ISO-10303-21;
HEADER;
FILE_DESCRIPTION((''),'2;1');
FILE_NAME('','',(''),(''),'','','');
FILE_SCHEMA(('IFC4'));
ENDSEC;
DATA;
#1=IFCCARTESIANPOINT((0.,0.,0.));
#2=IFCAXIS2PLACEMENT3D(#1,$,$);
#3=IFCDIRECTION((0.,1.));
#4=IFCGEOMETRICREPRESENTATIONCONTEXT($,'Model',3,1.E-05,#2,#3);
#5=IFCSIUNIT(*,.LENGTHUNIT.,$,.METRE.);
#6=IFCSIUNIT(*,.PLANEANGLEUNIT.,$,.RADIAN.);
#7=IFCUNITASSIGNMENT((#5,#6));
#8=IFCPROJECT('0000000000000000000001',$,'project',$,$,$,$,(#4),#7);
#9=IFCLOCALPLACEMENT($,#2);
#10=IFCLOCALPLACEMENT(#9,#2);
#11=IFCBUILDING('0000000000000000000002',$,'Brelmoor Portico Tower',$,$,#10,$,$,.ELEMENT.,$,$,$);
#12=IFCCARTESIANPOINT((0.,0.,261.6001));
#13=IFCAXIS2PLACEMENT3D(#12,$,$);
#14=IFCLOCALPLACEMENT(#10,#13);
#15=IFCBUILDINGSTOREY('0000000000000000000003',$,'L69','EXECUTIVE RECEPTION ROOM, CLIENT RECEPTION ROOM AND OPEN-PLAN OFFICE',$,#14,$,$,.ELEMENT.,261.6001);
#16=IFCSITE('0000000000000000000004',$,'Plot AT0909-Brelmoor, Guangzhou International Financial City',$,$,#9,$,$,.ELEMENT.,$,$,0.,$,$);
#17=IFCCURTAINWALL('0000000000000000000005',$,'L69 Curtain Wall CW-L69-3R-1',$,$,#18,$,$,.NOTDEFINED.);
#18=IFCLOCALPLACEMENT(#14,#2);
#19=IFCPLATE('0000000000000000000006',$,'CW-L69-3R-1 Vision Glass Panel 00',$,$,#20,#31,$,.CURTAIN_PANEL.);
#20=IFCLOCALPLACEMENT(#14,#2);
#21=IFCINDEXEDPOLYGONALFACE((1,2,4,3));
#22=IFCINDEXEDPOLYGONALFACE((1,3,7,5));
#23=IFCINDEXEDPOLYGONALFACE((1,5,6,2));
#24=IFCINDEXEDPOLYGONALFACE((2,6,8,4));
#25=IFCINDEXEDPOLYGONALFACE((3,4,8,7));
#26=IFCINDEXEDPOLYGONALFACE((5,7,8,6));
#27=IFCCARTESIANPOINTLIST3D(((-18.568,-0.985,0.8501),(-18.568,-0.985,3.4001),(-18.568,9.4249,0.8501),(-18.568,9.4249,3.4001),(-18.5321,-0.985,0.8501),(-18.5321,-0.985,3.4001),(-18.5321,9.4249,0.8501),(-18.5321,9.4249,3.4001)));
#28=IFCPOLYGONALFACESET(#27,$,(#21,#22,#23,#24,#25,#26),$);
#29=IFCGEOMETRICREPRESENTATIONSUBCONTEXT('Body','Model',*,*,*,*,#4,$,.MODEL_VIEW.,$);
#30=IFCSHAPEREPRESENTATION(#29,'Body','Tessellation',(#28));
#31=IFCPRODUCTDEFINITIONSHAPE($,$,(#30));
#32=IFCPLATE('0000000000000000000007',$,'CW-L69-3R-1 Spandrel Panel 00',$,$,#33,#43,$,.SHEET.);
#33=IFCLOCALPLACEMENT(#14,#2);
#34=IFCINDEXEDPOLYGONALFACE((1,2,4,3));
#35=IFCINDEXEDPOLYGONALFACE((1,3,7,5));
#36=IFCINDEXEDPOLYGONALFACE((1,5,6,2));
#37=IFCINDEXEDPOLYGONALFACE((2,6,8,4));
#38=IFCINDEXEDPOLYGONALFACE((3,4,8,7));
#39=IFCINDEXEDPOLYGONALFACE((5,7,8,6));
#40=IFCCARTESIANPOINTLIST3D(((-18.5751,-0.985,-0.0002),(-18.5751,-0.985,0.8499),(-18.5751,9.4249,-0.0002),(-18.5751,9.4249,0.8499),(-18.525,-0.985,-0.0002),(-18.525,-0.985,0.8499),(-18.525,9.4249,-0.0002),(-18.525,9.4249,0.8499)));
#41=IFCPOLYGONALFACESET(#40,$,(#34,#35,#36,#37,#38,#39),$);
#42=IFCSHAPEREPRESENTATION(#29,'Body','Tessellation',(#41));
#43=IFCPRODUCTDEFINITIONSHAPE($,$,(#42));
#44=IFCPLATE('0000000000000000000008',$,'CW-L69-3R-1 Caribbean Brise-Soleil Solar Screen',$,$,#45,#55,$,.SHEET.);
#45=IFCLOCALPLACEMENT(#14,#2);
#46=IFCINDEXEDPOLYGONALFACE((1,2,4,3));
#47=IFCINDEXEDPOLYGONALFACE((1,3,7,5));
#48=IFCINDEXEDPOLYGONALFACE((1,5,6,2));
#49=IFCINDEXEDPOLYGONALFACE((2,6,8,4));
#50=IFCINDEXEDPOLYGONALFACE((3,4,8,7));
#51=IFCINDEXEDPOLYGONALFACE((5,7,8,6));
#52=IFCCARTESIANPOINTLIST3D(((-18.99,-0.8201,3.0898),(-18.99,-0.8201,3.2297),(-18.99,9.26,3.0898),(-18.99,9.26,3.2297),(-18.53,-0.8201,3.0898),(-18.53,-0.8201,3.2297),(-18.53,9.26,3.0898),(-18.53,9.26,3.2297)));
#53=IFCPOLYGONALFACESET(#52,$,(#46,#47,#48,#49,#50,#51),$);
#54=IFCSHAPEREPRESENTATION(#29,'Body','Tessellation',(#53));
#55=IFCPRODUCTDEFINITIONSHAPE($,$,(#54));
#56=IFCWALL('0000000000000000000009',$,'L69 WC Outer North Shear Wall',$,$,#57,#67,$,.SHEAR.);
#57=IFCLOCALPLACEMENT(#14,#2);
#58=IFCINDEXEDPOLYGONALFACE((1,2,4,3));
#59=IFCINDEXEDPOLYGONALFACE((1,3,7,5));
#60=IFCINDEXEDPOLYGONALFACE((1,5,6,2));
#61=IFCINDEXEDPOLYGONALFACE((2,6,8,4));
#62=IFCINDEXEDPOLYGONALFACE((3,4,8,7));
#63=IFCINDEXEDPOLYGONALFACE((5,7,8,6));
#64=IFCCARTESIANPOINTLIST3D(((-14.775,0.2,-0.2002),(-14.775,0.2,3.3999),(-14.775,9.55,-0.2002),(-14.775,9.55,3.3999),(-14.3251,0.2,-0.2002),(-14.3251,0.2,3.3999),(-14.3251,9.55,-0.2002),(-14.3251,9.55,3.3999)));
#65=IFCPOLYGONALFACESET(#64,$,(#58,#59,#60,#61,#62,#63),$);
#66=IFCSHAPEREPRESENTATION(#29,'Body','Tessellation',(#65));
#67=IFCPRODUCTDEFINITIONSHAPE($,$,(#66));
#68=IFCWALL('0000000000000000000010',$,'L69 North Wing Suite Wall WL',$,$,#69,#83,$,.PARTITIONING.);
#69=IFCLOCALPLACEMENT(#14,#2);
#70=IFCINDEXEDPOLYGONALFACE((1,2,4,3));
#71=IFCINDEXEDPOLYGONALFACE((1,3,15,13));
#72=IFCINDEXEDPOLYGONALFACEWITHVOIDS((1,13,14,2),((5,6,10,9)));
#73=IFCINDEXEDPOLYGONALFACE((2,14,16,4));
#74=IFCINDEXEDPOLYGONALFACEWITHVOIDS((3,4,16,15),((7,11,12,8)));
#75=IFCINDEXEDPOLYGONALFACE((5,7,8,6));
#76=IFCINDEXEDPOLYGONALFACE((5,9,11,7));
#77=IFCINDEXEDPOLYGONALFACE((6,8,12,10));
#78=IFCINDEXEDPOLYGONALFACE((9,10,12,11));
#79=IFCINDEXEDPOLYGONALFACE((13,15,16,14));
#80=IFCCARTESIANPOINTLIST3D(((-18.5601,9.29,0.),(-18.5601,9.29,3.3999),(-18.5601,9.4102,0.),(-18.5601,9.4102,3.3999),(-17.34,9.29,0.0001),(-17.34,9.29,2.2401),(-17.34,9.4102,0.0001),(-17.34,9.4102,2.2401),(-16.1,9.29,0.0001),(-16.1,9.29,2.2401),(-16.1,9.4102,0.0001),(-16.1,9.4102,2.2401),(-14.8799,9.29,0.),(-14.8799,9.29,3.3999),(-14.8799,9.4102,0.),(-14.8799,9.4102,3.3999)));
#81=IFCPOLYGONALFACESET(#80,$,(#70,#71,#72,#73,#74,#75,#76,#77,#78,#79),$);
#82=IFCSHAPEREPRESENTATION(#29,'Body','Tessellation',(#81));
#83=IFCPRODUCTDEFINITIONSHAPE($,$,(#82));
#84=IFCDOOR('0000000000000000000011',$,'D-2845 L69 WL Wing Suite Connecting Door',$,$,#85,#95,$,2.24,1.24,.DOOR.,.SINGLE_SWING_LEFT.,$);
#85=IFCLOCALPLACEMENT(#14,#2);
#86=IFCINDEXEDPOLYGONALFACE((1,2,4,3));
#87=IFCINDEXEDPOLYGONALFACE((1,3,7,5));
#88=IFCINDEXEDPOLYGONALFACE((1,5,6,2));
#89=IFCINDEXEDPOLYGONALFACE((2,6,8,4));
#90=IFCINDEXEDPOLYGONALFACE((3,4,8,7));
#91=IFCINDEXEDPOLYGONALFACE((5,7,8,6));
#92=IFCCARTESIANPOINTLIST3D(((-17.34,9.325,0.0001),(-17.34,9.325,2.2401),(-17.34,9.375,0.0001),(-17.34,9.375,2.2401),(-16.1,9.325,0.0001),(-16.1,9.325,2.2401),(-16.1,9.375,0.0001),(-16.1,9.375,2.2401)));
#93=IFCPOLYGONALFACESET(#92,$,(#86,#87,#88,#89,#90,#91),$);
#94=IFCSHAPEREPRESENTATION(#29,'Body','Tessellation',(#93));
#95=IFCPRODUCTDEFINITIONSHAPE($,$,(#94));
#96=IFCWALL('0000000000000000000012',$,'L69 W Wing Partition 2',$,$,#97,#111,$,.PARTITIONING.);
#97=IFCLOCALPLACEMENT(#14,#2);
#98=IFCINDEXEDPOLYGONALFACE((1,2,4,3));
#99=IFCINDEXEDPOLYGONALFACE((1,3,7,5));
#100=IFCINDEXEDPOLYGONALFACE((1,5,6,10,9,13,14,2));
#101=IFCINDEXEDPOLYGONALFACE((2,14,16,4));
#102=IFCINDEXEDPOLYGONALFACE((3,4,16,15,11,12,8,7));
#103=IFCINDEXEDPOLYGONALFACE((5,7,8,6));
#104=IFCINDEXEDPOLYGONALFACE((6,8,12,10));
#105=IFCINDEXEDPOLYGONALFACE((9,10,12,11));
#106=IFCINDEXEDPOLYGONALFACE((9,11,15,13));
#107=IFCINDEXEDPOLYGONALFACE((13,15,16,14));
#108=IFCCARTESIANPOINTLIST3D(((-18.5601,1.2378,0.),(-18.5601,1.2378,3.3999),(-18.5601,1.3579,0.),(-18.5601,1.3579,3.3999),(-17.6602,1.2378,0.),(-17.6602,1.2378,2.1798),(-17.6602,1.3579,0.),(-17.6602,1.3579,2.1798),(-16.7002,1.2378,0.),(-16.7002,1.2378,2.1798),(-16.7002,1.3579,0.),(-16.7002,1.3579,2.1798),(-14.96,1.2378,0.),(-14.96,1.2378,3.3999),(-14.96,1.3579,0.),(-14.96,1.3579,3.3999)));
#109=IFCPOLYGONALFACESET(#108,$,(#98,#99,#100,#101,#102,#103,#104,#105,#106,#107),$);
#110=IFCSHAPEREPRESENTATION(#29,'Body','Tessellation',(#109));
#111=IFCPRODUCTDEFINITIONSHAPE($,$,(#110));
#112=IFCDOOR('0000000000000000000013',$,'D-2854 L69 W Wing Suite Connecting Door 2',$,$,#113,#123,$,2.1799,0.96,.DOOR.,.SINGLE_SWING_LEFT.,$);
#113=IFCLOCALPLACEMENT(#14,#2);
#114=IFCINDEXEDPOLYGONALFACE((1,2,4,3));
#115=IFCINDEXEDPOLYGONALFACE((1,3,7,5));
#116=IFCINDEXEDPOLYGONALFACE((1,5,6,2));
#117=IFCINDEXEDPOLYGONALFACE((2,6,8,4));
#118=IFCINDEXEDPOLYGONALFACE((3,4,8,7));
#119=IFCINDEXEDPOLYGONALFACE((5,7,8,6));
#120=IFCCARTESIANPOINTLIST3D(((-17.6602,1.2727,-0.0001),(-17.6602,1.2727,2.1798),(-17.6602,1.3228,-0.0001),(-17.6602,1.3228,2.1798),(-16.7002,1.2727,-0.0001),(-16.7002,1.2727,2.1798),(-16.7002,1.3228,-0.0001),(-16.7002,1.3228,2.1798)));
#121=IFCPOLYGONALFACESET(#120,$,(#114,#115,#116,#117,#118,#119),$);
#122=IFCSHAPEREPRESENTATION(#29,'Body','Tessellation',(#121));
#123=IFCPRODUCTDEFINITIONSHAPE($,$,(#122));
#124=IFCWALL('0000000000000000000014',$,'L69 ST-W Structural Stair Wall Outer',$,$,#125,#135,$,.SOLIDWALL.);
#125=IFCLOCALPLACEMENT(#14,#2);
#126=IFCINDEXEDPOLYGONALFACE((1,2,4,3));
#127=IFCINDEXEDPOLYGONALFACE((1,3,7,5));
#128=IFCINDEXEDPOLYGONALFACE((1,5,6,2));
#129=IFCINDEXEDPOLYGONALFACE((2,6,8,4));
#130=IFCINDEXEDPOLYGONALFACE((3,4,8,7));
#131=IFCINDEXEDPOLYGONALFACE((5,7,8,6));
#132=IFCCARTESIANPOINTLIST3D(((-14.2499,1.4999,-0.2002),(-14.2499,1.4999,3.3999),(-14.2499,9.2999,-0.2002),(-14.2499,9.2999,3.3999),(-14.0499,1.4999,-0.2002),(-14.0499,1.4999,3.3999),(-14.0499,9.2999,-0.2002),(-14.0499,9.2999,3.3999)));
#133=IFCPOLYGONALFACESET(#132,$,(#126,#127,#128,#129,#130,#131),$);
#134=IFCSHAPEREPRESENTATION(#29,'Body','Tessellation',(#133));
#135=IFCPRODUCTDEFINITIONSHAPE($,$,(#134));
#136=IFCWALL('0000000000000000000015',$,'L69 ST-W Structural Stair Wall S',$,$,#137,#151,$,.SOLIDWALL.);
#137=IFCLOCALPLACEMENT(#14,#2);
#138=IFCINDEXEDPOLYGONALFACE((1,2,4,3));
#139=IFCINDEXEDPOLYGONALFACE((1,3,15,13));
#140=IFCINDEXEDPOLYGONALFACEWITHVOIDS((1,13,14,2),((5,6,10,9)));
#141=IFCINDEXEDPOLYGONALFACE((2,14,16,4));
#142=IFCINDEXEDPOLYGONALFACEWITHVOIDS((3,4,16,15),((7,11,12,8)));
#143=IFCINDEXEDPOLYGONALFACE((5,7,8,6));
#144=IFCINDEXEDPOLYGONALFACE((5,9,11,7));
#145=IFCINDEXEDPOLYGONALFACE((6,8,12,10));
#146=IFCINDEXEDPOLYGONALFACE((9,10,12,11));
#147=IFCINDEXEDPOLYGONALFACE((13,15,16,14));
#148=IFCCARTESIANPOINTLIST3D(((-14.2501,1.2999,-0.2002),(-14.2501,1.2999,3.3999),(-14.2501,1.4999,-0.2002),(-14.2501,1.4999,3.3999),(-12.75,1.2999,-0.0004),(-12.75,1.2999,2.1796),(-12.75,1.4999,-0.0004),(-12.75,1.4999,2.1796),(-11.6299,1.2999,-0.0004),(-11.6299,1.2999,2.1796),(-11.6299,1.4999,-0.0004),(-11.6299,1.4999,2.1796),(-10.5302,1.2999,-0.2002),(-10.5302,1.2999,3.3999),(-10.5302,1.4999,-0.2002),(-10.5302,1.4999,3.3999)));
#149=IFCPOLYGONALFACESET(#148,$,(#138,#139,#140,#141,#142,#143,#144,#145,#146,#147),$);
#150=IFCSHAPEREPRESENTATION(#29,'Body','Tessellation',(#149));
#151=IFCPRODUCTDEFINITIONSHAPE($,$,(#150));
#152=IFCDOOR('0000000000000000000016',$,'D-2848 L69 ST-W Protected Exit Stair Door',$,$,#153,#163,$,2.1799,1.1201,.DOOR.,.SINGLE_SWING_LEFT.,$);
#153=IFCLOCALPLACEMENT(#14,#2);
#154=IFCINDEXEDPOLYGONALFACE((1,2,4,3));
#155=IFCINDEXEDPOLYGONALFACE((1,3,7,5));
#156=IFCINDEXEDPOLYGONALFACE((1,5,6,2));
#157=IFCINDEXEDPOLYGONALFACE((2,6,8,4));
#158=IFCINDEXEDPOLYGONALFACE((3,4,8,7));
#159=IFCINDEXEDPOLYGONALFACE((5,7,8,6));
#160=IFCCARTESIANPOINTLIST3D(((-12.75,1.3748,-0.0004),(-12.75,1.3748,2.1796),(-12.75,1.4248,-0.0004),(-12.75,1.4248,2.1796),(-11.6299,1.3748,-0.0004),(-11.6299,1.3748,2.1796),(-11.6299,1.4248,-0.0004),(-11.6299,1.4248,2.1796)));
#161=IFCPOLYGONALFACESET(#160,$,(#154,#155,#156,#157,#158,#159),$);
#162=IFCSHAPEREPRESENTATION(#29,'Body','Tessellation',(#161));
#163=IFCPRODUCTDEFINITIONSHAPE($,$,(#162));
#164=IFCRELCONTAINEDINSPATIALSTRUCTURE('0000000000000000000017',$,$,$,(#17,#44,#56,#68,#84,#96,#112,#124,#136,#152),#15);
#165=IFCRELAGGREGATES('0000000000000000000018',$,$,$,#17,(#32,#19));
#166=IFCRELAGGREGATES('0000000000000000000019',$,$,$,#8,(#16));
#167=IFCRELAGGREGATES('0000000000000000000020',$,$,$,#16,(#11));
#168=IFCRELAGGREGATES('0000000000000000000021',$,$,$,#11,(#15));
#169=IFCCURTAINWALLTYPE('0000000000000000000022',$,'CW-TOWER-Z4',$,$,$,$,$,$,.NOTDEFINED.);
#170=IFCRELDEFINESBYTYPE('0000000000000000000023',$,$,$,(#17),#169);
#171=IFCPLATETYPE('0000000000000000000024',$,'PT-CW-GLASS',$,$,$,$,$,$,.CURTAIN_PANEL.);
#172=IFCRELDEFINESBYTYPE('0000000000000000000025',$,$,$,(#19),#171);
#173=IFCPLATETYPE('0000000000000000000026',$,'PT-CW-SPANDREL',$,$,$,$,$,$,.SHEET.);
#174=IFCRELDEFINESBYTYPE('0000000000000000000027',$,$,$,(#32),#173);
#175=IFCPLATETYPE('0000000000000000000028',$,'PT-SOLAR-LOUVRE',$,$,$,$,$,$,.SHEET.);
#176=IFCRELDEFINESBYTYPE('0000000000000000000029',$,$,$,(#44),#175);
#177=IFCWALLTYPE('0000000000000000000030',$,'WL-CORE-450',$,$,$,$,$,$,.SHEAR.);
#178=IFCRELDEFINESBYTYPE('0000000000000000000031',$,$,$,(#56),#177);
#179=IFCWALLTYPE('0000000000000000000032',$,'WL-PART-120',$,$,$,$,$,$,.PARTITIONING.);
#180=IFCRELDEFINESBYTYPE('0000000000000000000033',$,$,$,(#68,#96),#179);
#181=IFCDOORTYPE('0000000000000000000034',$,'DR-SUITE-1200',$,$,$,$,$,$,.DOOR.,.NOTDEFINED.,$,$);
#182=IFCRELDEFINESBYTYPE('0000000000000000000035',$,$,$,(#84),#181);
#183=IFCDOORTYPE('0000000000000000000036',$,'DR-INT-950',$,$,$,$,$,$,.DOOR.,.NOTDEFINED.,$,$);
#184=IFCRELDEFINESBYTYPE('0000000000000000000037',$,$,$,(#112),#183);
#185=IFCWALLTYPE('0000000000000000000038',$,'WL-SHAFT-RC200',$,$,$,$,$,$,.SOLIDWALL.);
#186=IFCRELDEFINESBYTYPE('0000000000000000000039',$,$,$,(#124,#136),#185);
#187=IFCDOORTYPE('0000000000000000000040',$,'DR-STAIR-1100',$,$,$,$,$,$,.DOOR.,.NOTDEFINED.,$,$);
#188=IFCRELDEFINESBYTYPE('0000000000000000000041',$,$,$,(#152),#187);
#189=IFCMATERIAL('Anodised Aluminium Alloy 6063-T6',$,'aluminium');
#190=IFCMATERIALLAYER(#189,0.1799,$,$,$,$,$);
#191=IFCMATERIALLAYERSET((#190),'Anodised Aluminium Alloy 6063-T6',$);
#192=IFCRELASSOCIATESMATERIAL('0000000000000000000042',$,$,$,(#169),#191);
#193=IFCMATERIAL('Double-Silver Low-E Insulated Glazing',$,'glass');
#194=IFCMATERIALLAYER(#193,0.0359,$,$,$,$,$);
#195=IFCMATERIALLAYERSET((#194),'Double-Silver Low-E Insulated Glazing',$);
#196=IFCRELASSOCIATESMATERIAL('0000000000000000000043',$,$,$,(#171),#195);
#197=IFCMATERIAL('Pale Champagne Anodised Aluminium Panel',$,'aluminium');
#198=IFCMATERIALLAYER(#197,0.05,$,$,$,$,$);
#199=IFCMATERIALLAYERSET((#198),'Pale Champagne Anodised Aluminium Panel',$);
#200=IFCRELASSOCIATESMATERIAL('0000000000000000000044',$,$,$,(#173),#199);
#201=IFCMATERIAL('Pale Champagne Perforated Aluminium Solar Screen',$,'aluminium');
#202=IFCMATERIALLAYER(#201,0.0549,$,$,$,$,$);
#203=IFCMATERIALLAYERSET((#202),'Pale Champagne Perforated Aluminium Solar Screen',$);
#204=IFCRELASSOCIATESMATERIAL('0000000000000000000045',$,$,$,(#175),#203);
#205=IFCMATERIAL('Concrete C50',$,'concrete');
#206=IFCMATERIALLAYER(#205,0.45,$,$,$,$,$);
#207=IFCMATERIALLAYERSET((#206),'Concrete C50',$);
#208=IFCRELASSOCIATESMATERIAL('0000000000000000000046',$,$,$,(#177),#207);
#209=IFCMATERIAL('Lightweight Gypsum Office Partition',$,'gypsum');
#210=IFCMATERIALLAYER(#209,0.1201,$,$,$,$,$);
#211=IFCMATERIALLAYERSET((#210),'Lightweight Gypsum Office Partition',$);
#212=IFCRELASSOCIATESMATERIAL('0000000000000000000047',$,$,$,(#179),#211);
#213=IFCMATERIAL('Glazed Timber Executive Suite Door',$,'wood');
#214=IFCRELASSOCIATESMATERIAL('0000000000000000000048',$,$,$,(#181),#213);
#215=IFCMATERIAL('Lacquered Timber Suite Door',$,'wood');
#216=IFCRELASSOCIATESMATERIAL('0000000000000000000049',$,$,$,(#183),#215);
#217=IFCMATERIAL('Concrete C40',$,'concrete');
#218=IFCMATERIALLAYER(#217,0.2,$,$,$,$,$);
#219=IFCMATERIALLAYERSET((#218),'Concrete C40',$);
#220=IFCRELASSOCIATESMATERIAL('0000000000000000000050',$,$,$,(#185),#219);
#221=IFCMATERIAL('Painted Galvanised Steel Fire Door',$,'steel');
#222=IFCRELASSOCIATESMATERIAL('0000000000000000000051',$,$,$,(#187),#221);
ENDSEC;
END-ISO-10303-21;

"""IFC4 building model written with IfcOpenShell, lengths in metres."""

from ifc_helpers import new_model, si_unit, direction, frame, frame_2d, origin, origin_2d, place, context, subcontext, project, spatial, rectangle, extrude, material, layer, layer_set, type_object, element, fill, aggregate, save


model = new_model("IFC4")

# Units and contexts
model_context = context("Model", 3, precision=1e-05, world=origin(), true_north=direction((0.0, 1.0)))
body_context = subcontext(model_context, "Body", "Model", "MODEL_VIEW")
ifc_project = project(units=[si_unit("LENGTHUNIT", "METRE"), si_unit("PLANEANGLEUNIT", "RADIAN")], contexts=[model_context])

# Site, building, storey
site_placement = place(None, origin())
site = spatial("IfcSite", under=ifc_project, at=site_placement, Name="Plot AT0909-Brelmoor, Guangzhou International Financial City", CompositionType="ELEMENT", RefElevation=0.0)
building_placement = place(site_placement, origin())
building = spatial("IfcBuilding", under=site, at=building_placement, Name="Brelmoor Portico Tower", CompositionType="ELEMENT")
storey_placement = place(building_placement, frame((0.0, 0.0, 261.6001)))
storey = spatial("IfcBuildingStorey", under=building, at=storey_placement, Name="L69", Description="EXECUTIVE RECEPTION ROOM, CLIENT RECEPTION ROOM AND OPEN-PLAN OFFICE", CompositionType="ELEMENT", Elevation=261.6001)

# Curtain wall
ifc_material_1 = material(Name="Anodised Aluminium Alloy 6063-T6", Category="aluminium")
ifc_layer_1 = layer(ifc_material_1, 0.1799)
ifc_layer_set_1 = layer_set([ifc_layer_1], Name="Anodised Aluminium Alloy 6063-T6")
curtain_wall_type = type_object("IfcCurtainWallType", Name="CW-TOWER-Z4", PredefinedType="NOTDEFINED", material=ifc_layer_set_1)
curtain_wall_placement = place(storey_placement, origin())
curtain_wall = element("IfcCurtainWall", 1, at=curtain_wall_placement, inside=storey, type_object=curtain_wall_type, Name="L69 Curtain Wall CW-L69-3R-1", PredefinedType="NOTDEFINED")

# Plates
ifc_material_2 = material(Name="Double-Silver Low-E Insulated Glazing", Category="glass")
ifc_layer_2 = layer(ifc_material_2, 0.0359)
ifc_layer_set_2 = layer_set([ifc_layer_2], Name="Double-Silver Low-E Insulated Glazing")
plate_type_1 = type_object("IfcPlateType", Name="PT-CW-GLASS", PredefinedType="CURTAIN_PANEL", material=ifc_layer_set_2)
plate_1_placement = place(storey_placement, frame((-18.55, 4.22, 0.8501), z_axis=(0.0, 0.0, 1.0), x_axis=(0.0, 1.0, 0.0)))
plate_1 = element("IfcPlate", 2, at=plate_1_placement, type_object=plate_type_1, Name="CW-L69-3R-1 Vision Glass Panel 00", PredefinedType="CURTAIN_PANEL", context=body_context, shape_type="SweptSolid", body=[
    extrude(rectangle(XDim=10.4099, YDim=0.0359, at=origin_2d()), origin(), (0.0, 0.0, 1.0), 2.55),
])
ifc_material_3 = material(Name="Pale Champagne Anodised Aluminium Panel", Category="aluminium")
ifc_layer_3 = layer(ifc_material_3, 0.05)
ifc_layer_set_3 = layer_set([ifc_layer_3], Name="Pale Champagne Anodised Aluminium Panel")
plate_type_2 = type_object("IfcPlateType", Name="PT-CW-SPANDREL", PredefinedType="SHEET", material=ifc_layer_set_3)
plate_2_placement = place(storey_placement, frame((-18.55, 4.22, -0.0002), z_axis=(0.0, 0.0, 1.0), x_axis=(0.0, 1.0, 0.0)))
plate_2 = element("IfcPlate", 3, at=plate_2_placement, type_object=plate_type_2, Name="CW-L69-3R-1 Spandrel Panel 00", PredefinedType="SHEET", context=body_context, shape_type="SweptSolid", body=[
    extrude(rectangle(XDim=10.4099, YDim=0.05, at=origin_2d()), origin(), (0.0, 0.0, 1.0), 0.8501),
])
aggregate(curtain_wall, [plate_2, plate_1])
ifc_material_4 = material(Name="Pale Champagne Perforated Aluminium Solar Screen", Category="aluminium")
ifc_layer_4 = layer(ifc_material_4, 0.0549)
ifc_layer_set_4 = layer_set([ifc_layer_4], Name="Pale Champagne Perforated Aluminium Solar Screen")
plate_type_3 = type_object("IfcPlateType", Name="PT-SOLAR-LOUVRE", PredefinedType="SHEET", material=ifc_layer_set_4)
plate_3_placement = place(storey_placement, frame((-18.76, 4.22, 3.0898), z_axis=(0.0, 0.0, 1.0), x_axis=(0.0, 1.0, 0.0)))
element("IfcPlate", 4, at=plate_3_placement, inside=storey, type_object=plate_type_3, Name="CW-L69-3R-1 Caribbean Brise-Soleil Solar Screen", PredefinedType="SHEET", context=body_context, shape_type="SweptSolid", body=[
    extrude(rectangle(XDim=10.0801, YDim=0.46, at=origin_2d()), origin(), (0.0, 0.0, 1.0), 0.1399),
])

# Wall
ifc_material_5 = material(Name="Concrete C50", Category="concrete")
ifc_layer_5 = layer(ifc_material_5, 0.45)
ifc_layer_set_5 = layer_set([ifc_layer_5], Name="Concrete C50")
wall_type_1 = type_object("IfcWallType", Name="WL-CORE-450", PredefinedType="SHEAR", material=ifc_layer_set_5)
wall_1_placement = place(storey_placement, frame((-14.55, 0.2, -0.2002), z_axis=(0.0, 0.0, 1.0), x_axis=(0.0, 1.0, 0.0)))
element("IfcWall", 5, at=wall_1_placement, inside=storey, type_object=wall_type_1, Name="L69 WC Outer North Shear Wall", PredefinedType="SHEAR", context=body_context, shape_type="SweptSolid", body=[
    extrude(rectangle(XDim=9.3501, YDim=0.45, at=frame_2d((4.675, 0.0))), origin(), (0.0, 0.0, 1.0), 3.6001),
])

# Walls, openings, doors
ifc_material_6 = material(Name="Lightweight Gypsum Office Partition", Category="gypsum")
ifc_layer_6 = layer(ifc_material_6, 0.1201)
ifc_layer_set_6 = layer_set([ifc_layer_6], Name="Lightweight Gypsum Office Partition")
wall_type_2 = type_object("IfcWallType", Name="WL-PART-120", PredefinedType="PARTITIONING", material=ifc_layer_set_6)
wall_2_placement = place(storey_placement, frame((-18.5601, 9.3501, 0.0), z_axis=(0.0, 0.0, 1.0), x_axis=(1.0, 0.0, 0.0)))
wall_2 = element("IfcWall", 6, at=wall_2_placement, inside=storey, type_object=wall_type_2, Name="L69 North Wing Suite Wall WL", PredefinedType="PARTITIONING", context=body_context, shape_type="SweptSolid", body=[
    extrude(rectangle(XDim=3.6802, YDim=0.1201, at=frame_2d((1.8401, 0.0))), origin(), (0.0, 0.0, 1.0), 3.3999),
])
opening_1_placement = place(wall_2_placement, frame((1.22, 0.0, 0.0)))
opening_1 = element("IfcOpeningElement", 7, at=opening_1_placement, cuts=wall_2, PredefinedType="OPENING", context=body_context, shape_type="SweptSolid", body=[
    extrude(rectangle(XDim=1.24, YDim=2.24, at=frame_2d((0.6201, 1.1201))), frame((0.0, 0.0701, 0.0), z_axis=(0.0, -1.0, 0.0), x_axis=(1.0, 0.0, 0.0)), (0.0, 0.0, 1.0), 0.1401),
])
ifc_material_7 = material(Name="Glazed Timber Executive Suite Door", Category="wood")
door_type_1 = type_object("IfcDoorType", Name="DR-SUITE-1200", OperationType="NOTDEFINED", PredefinedType="DOOR", material=ifc_material_7)
door_1_placement = place(opening_1_placement, origin())
door_1 = element("IfcDoor", 8, at=door_1_placement, inside=storey, type_object=door_type_1, Name="D-2845 L69 WL Wing Suite Connecting Door", OperationType="SINGLE_SWING_LEFT", OverallHeight=2.24, OverallWidth=1.24, PredefinedType="DOOR", context=body_context, shape_type="SweptSolid", body=[
    extrude(rectangle(XDim=1.24, YDim=2.24, at=frame_2d((0.6201, 1.1201))), frame((0.0, 0.0249, 0.0), z_axis=(0.0, -1.0, 0.0), x_axis=(1.0, 0.0, 0.0)), (0.0, 0.0, 1.0), 0.05),
])
fill(opening_1, door_1)
wall_3_placement = place(storey_placement, frame((-18.5601, 1.2979, 0.0), z_axis=(0.0, 0.0, 1.0), x_axis=(1.0, 0.0, 0.0)))
wall_3 = element("IfcWall", 9, at=wall_3_placement, inside=storey, type_object=wall_type_2, Name="L69 W Wing Partition 2", PredefinedType="PARTITIONING", context=body_context, shape_type="SweptSolid", body=[
    extrude(rectangle(XDim=3.6001, YDim=0.1201, at=frame_2d((1.8, 0.0))), origin(), (0.0, 0.0, 1.0), 3.3999),
])
opening_2_placement = place(wall_3_placement, frame((0.8999, 0.0, 0.0)))
opening_2 = element("IfcOpeningElement", 10, at=opening_2_placement, cuts=wall_3, PredefinedType="OPENING", context=body_context, shape_type="SweptSolid", body=[
    extrude(rectangle(XDim=0.96, YDim=2.1799, at=frame_2d((0.48, 1.0898))), frame((0.0, 0.0701, 0.0), z_axis=(0.0, -1.0, 0.0), x_axis=(1.0, 0.0, 0.0)), (0.0, 0.0, 1.0), 0.1401),
])
ifc_material_8 = material(Name="Lacquered Timber Suite Door", Category="wood")
door_type_2 = type_object("IfcDoorType", Name="DR-INT-950", OperationType="NOTDEFINED", PredefinedType="DOOR", material=ifc_material_8)
door_2_placement = place(opening_2_placement, origin())
door_2 = element("IfcDoor", 11, at=door_2_placement, inside=storey, type_object=door_type_2, Name="D-2854 L69 W Wing Suite Connecting Door 2", OperationType="SINGLE_SWING_LEFT", OverallHeight=2.1799, OverallWidth=0.96, PredefinedType="DOOR", context=body_context, shape_type="SweptSolid", body=[
    extrude(rectangle(XDim=0.96, YDim=2.1799, at=frame_2d((0.48, 1.0898))), frame((0.0, 0.0249, 0.0), z_axis=(0.0, -1.0, 0.0), x_axis=(1.0, 0.0, 0.0)), (0.0, 0.0, 1.0), 0.05),
])
fill(opening_2, door_2)

# Wall
ifc_material_9 = material(Name="Concrete C40", Category="concrete")
ifc_layer_7 = layer(ifc_material_9, 0.2)
ifc_layer_set_7 = layer_set([ifc_layer_7], Name="Concrete C40")
wall_type_3 = type_object("IfcWallType", Name="WL-SHAFT-RC200", PredefinedType="SOLIDWALL", material=ifc_layer_set_7)
wall_4_placement = place(storey_placement, frame((-14.1499, 1.5, -0.2002), z_axis=(0.0, 0.0, 1.0), x_axis=(0.0, 1.0, 0.0)))
element("IfcWall", 12, at=wall_4_placement, inside=storey, type_object=wall_type_3, Name="L69 ST-W Structural Stair Wall Outer", PredefinedType="SOLIDWALL", context=body_context, shape_type="SweptSolid", body=[
    extrude(rectangle(XDim=7.8, YDim=0.2, at=frame_2d((3.8999, 0.0))), origin(), (0.0, 0.0, 1.0), 3.6001),
])

# Wall, opening, door
wall_5_placement = place(storey_placement, frame((-14.25, 1.3999, -0.2002), z_axis=(0.0, 0.0, 1.0), x_axis=(1.0, 0.0, 0.0)))
wall_5 = element("IfcWall", 13, at=wall_5_placement, inside=storey, type_object=wall_type_3, Name="L69 ST-W Structural Stair Wall S", PredefinedType="SOLIDWALL", context=body_context, shape_type="SweptSolid", body=[
    extrude(rectangle(XDim=3.72, YDim=0.2, at=frame_2d((1.8599, 0.0))), origin(), (0.0, 0.0, 1.0), 3.6001),
])
opening_3_placement = place(wall_5_placement, frame((1.5, 0.0, 0.2)))
opening_3 = element("IfcOpeningElement", 14, at=opening_3_placement, cuts=wall_5, PredefinedType="OPENING", context=body_context, shape_type="SweptSolid", body=[
    extrude(rectangle(XDim=1.1201, YDim=2.1799, at=frame_2d((0.5601, 1.0898))), frame((0.0, 0.1099, 0.0), z_axis=(0.0, -1.0, 0.0), x_axis=(1.0, 0.0, 0.0)), (0.0, 0.0, 1.0), 0.22),
])
ifc_material_10 = material(Name="Painted Galvanised Steel Fire Door", Category="steel")
door_type_3 = type_object("IfcDoorType", Name="DR-STAIR-1100", OperationType="NOTDEFINED", PredefinedType="DOOR", material=ifc_material_10)
door_3_placement = place(opening_3_placement, origin())
door_3 = element("IfcDoor", 15, at=door_3_placement, inside=storey, type_object=door_type_3, Name="D-2848 L69 ST-W Protected Exit Stair Door", OperationType="SINGLE_SWING_LEFT", OverallHeight=2.1799, OverallWidth=1.1201, PredefinedType="DOOR", context=body_context, shape_type="SweptSolid", body=[
    extrude(rectangle(XDim=1.1201, YDim=2.1799, at=frame_2d((0.5601, 1.0898))), frame((0.0, 0.0249, 0.0), z_axis=(0.0, -1.0, 0.0), x_axis=(1.0, 0.0, 0.0)), (0.0, 0.0, 1.0), 0.05),
])
fill(opening_3, door_3)

save(model, "model.ifc")
